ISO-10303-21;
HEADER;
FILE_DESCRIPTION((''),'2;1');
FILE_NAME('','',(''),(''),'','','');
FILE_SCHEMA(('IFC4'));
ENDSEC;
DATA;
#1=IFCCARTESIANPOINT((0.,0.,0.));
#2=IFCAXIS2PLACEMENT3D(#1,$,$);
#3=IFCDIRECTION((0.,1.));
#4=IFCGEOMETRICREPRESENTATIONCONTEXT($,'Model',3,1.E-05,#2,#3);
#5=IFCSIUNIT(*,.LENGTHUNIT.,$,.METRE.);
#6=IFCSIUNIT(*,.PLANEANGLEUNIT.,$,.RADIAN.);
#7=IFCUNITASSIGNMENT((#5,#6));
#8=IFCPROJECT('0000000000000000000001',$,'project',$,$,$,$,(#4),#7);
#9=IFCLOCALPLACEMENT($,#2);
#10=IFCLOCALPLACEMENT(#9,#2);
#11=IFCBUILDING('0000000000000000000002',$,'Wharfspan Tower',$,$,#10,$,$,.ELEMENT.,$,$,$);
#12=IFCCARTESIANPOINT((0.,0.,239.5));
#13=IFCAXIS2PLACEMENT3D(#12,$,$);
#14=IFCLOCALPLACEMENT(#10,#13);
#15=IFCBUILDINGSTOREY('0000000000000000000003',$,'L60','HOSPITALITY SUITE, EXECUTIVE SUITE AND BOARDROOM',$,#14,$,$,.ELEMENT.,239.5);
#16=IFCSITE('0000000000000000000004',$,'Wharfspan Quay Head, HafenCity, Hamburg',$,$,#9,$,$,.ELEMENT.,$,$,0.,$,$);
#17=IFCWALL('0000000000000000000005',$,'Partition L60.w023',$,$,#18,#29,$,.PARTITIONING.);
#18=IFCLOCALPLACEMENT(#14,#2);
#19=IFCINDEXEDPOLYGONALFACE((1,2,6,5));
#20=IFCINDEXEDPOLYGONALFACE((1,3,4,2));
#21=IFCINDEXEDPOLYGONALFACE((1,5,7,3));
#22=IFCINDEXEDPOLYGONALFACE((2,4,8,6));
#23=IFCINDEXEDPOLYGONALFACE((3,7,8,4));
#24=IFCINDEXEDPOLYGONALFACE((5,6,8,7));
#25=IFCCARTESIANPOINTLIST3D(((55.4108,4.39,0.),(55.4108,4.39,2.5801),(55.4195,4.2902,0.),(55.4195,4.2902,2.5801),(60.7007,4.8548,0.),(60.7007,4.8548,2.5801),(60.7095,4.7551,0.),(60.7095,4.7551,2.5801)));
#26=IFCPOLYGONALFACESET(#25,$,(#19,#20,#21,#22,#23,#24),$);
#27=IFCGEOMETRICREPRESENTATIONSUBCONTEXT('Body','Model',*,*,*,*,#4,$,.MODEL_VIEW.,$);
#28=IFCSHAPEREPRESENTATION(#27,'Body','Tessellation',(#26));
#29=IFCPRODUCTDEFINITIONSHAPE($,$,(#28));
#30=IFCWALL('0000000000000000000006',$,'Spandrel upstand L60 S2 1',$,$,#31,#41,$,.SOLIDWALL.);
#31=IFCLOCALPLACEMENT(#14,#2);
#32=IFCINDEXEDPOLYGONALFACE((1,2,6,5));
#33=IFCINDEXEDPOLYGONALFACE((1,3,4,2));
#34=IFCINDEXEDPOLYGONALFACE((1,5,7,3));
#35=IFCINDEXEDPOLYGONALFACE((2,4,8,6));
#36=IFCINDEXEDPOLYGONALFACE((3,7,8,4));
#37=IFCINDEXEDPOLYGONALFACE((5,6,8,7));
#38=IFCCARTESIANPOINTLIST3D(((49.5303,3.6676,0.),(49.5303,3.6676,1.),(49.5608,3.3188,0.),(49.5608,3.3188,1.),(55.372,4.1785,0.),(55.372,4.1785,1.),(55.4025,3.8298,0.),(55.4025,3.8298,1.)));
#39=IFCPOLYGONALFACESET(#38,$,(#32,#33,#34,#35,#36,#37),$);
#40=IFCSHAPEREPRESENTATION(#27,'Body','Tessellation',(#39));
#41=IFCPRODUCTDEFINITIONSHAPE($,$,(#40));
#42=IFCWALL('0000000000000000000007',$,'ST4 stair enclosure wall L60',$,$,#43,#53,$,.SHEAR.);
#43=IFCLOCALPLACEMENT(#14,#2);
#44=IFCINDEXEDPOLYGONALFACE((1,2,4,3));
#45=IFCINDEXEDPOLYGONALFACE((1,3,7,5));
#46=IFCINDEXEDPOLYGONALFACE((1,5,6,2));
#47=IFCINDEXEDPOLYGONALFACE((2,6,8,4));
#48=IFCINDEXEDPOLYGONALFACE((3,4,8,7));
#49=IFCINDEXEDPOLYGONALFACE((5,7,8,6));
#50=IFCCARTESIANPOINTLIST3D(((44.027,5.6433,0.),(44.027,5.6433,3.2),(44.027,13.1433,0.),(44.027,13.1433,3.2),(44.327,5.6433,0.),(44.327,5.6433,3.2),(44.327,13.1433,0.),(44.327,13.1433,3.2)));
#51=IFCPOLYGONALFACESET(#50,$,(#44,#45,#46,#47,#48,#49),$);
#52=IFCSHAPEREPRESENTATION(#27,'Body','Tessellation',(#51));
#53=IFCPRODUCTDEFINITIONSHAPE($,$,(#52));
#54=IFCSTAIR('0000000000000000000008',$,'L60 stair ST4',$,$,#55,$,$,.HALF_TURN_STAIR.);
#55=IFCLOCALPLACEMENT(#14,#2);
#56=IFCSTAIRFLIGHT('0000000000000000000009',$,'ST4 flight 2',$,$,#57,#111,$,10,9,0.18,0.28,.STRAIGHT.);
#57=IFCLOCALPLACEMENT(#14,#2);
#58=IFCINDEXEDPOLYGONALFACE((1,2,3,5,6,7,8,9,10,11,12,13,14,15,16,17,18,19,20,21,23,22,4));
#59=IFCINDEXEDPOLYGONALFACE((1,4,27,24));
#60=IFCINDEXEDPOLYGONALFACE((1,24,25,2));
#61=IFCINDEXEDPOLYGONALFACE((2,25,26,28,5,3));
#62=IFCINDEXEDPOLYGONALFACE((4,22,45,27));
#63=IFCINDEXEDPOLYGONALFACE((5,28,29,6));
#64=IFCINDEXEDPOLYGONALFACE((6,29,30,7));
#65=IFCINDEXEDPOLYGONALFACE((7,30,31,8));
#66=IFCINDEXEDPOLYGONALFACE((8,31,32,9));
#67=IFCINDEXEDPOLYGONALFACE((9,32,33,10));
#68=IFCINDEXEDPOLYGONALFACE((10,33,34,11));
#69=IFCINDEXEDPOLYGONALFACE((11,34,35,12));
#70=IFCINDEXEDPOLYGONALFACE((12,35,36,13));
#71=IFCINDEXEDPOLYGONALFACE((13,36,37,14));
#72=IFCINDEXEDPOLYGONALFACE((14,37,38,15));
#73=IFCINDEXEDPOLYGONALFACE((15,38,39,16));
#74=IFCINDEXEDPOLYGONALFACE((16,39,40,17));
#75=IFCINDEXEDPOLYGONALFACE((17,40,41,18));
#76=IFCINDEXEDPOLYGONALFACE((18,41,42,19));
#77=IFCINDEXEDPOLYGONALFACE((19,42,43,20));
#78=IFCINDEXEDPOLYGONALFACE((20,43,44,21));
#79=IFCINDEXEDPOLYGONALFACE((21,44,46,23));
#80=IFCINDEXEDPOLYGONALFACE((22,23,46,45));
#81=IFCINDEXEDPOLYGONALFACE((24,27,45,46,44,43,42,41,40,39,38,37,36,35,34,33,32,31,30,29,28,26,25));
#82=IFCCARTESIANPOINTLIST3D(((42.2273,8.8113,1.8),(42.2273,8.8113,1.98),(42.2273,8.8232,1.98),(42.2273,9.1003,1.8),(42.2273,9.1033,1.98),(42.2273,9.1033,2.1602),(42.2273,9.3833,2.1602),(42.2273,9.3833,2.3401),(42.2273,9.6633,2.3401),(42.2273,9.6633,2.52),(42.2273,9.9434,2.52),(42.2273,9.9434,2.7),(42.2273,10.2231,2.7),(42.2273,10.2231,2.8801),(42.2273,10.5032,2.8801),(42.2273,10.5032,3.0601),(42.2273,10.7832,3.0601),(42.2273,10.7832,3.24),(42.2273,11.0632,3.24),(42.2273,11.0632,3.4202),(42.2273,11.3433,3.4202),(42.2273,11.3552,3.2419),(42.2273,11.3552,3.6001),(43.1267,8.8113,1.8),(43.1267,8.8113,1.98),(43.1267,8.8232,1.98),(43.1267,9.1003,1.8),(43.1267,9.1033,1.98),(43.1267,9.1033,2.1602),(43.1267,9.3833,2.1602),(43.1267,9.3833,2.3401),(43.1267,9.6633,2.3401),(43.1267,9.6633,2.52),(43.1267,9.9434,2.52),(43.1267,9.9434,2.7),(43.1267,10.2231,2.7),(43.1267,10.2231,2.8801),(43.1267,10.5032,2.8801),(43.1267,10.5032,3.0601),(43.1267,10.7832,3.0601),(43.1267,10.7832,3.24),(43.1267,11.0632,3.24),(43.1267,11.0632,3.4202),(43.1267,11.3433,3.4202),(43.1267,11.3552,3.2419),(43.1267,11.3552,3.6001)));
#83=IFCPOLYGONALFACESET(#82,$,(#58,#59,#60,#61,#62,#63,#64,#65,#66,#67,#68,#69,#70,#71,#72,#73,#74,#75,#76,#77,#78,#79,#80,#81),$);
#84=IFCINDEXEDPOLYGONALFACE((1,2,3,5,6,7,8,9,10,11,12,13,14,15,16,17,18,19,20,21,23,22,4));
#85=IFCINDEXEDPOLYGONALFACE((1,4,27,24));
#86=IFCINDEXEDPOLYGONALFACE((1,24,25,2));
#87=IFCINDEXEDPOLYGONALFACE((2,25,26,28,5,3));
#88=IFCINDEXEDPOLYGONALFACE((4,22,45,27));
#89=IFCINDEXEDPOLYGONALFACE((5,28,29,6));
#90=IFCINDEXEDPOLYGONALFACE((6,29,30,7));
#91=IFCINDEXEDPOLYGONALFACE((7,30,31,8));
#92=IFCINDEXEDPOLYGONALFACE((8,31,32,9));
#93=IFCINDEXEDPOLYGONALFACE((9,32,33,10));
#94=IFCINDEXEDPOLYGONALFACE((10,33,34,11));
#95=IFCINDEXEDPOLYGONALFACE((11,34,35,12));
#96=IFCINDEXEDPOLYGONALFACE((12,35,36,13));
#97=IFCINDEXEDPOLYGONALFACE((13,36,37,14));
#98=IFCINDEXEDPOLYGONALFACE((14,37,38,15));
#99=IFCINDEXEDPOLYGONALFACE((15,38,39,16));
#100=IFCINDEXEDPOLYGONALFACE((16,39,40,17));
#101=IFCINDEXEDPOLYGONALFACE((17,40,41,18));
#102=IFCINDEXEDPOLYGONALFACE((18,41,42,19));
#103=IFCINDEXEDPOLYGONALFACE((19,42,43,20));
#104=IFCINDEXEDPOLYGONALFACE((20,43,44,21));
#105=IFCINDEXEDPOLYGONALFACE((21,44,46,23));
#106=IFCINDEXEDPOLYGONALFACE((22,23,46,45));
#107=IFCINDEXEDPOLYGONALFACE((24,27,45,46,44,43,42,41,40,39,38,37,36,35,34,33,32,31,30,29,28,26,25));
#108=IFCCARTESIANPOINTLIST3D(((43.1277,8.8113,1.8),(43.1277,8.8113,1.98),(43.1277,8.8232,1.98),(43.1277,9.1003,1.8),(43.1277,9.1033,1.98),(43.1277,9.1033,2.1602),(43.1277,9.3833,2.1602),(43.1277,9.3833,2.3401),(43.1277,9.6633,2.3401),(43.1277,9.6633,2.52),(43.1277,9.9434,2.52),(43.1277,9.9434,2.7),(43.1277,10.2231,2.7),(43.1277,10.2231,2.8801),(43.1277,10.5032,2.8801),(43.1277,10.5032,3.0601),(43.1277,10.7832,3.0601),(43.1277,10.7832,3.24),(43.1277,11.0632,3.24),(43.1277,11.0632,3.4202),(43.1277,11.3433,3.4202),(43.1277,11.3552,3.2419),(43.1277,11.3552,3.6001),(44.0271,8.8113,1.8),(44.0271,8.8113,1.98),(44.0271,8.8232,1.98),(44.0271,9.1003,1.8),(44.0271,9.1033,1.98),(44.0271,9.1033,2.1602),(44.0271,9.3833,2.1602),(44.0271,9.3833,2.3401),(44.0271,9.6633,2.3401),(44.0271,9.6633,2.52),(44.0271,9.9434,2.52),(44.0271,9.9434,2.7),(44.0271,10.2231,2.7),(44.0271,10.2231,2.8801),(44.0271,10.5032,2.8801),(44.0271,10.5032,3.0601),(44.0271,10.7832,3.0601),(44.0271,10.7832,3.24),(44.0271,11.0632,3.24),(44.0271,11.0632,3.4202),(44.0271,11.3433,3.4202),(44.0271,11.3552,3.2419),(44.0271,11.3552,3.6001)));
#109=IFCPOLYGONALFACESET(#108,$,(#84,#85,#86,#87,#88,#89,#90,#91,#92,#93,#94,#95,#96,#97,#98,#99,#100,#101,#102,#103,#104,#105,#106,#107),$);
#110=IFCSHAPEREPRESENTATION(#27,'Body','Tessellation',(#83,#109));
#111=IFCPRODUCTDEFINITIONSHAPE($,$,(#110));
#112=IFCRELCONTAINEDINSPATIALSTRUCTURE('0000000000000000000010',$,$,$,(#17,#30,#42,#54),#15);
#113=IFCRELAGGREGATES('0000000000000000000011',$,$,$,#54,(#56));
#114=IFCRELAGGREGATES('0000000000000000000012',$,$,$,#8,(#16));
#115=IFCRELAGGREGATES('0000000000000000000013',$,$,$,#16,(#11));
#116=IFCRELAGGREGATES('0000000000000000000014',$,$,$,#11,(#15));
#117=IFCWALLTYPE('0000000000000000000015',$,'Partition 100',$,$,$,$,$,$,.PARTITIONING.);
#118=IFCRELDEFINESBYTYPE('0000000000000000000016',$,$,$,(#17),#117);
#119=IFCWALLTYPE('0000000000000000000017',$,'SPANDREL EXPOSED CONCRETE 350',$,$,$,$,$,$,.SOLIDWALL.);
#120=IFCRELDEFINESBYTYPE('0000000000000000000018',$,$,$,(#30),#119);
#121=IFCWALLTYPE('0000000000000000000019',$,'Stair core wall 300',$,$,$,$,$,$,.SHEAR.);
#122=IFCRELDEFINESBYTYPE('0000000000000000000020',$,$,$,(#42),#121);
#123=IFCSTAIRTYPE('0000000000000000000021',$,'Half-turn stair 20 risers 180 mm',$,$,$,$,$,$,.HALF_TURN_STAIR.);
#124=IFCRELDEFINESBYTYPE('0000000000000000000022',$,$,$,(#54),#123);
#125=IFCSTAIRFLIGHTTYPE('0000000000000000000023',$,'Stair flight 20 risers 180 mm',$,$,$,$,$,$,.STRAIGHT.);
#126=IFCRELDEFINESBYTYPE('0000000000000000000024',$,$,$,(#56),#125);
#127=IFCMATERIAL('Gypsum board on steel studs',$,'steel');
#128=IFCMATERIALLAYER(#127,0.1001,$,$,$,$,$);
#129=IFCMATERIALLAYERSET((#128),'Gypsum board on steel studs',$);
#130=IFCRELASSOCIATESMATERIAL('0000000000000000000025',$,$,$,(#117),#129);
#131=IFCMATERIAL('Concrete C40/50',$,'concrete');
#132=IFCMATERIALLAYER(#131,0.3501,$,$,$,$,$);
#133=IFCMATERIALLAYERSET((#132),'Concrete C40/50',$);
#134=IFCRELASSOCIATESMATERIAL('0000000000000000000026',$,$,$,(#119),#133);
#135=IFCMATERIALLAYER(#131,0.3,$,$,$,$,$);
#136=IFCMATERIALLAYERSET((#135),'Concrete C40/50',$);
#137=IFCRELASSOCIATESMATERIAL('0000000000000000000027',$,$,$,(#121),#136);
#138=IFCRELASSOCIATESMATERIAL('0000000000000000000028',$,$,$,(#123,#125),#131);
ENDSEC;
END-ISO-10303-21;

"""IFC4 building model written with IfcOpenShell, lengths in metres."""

from ifc_helpers import new_model, si_unit, direction, frame, frame_2d, origin, place, context, subcontext, project, spatial, polyline, rectangle, outline, extrude, material, layer, layer_set, type_object, element, aggregate, save


model = new_model("IFC4")

# Units and contexts
model_context = context("Model", 3, precision=1e-05, world=origin(), true_north=direction((0.0, 1.0)))
body_context = subcontext(model_context, "Body", "Model", "MODEL_VIEW")
ifc_project = project(units=[si_unit("LENGTHUNIT", "METRE"), si_unit("PLANEANGLEUNIT", "RADIAN")], contexts=[model_context])

# Site, building, storey
site_placement = place(None, origin())
site = spatial("IfcSite", under=ifc_project, at=site_placement, Name="Wharfspan Quay Head, HafenCity, Hamburg", CompositionType="ELEMENT", RefElevation=0.0)
building_placement = place(site_placement, origin())
building = spatial("IfcBuilding", under=site, at=building_placement, Name="Wharfspan Tower", CompositionType="ELEMENT")
storey_placement = place(building_placement, frame((0.0, 0.0, 239.5)))
storey = spatial("IfcBuildingStorey", under=building, at=storey_placement, Name="L60", Description="HOSPITALITY SUITE, EXECUTIVE SUITE AND BOARDROOM", CompositionType="ELEMENT", Elevation=239.5)

# Shared definitions
ifc_material_1 = material(Name="Gypsum board on steel studs", Category="steel")
ifc_layer_1 = layer(ifc_material_1, 0.1001)
ifc_layer_set_1 = layer_set([ifc_layer_1], Name="Gypsum board on steel studs")
wall_type_1 = type_object("IfcWallType", Name="Partition 100", PredefinedType="PARTITIONING", material=ifc_layer_set_1)

# Walls
wall_1_placement = place(storey_placement, frame((55.415, 4.3401, 0.0), z_axis=(0.0, 0.0, 1.0), x_axis=(0.996159, 0.087534, 0.0)))
element("IfcWall", 1, at=wall_1_placement, inside=storey, type_object=wall_type_1, Name="Partition L60.w023", PredefinedType="PARTITIONING", context=body_context, shape_type="SweptSolid", body=[
    extrude(rectangle(XDim=5.3103, YDim=0.1001, at=frame_2d((2.6553, 0.0))), origin(), (0.0, 0.0, 1.0), 2.5801),
])
ifc_material_2 = material(Name="Concrete C40/50", Category="concrete")
ifc_layer_2 = layer(ifc_material_2, 0.3501)
ifc_layer_set_2 = layer_set([ifc_layer_2], Name="Concrete C40/50")
wall_type_2 = type_object("IfcWallType", Name="SPANDREL EXPOSED CONCRETE 350", PredefinedType="SOLIDWALL", material=ifc_layer_set_2)
wall_2_placement = place(storey_placement, frame((49.5454, 3.4932, 0.0), z_axis=(0.0, 0.0, 1.0), x_axis=(0.996196, 0.087138, 0.0)))
element("IfcWall", 2, at=wall_2_placement, inside=storey, type_object=wall_type_2, Name="Spandrel upstand L60 S2 1", PredefinedType="SOLIDWALL", context=body_context, shape_type="SweptSolid", body=[
    extrude(rectangle(XDim=5.864, YDim=0.3501, at=frame_2d((2.9321, 0.0))), origin(), (0.0, 0.0, 1.0), 1.0),
])
ifc_layer_3 = layer(ifc_material_2, 0.3)
ifc_layer_set_3 = layer_set([ifc_layer_3], Name="Concrete C40/50")
wall_type_3 = type_object("IfcWallType", Name="Stair core wall 300", PredefinedType="SHEAR", material=ifc_layer_set_3)
wall_3_placement = place(storey_placement, frame((44.177, 5.6433, 0.0), z_axis=(0.0, 0.0, 1.0), x_axis=(0.0, 1.0, 0.0)))
element("IfcWall", 3, at=wall_3_placement, inside=storey, type_object=wall_type_3, Name="ST4 stair enclosure wall L60", PredefinedType="SHEAR", context=body_context, shape_type="SweptSolid", body=[
    extrude(rectangle(XDim=7.5, YDim=0.3, at=frame_2d((3.75, 0.0))), origin(), (0.0, 0.0, 1.0), 3.2),
])

# Stair, stair flight
stair_type = type_object("IfcStairType", Name="Half-turn stair 20 risers 180 mm", PredefinedType="HALF_TURN_STAIR", material=ifc_material_2)
stair_placement = place(storey_placement, origin())
stair = element("IfcStair", 4, at=stair_placement, inside=storey, type_object=stair_type, Name="L60 stair ST4", PredefinedType="HALF_TURN_STAIR")
stair_flight_type = type_object("IfcStairFlightType", Name="Stair flight 20 risers 180 mm", PredefinedType="STRAIGHT", material=ifc_material_2)
stair_flight_placement = place(storey_placement, frame((43.1272, 8.8232, 1.8), z_axis=(0.0, 0.0, 1.0), x_axis=(0.0, 1.0, 0.0)))
stair_flight = element("IfcStairFlight", 5, at=stair_flight_placement, type_object=stair_flight_type, Name="ST4 flight 2", NumberOfRisers=10, NumberOfTreads=9, PredefinedType="STRAIGHT", RiserHeight=0.18, TreadLength=0.28, context=body_context, shape_type="SweptSolid", body=[
    extrude(outline(polyline([(-0.012, 0.0), (-0.012, 0.1799), (0.0, 0.1799), (0.28, 0.1799), (0.28, 0.3601), (0.5601, 0.3601), (0.5601, 0.54), (0.8401, 0.54), (0.8401, 0.72), (1.1201, 0.72), (1.1201, 0.8999), (1.3999, 0.8999), (1.3999, 1.0801), (1.6799, 1.0801), (1.6799, 1.26), (1.96, 1.26), (1.96, 1.4399), (2.24, 1.4399), (2.24, 1.6201), (2.52, 1.6201), (2.532, 1.8), (2.532, 1.4419), (0.2771, 0.0), (-0.012, 0.0)])), frame((0.0, 0.8999, 0.0), z_axis=(0.0, -1.0, 0.0), x_axis=(1.0, 0.0, 0.0)), (0.0, 0.0, 1.0), 0.8994),
    extrude(outline(polyline([(-0.012, 0.0), (-0.012, 0.1799), (0.0, 0.1799), (0.28, 0.1799), (0.28, 0.3601), (0.5601, 0.3601), (0.5601, 0.54), (0.8401, 0.54), (0.8401, 0.72), (1.1201, 0.72), (1.1201, 0.8999), (1.3999, 0.8999), (1.3999, 1.0801), (1.6799, 1.0801), (1.6799, 1.26), (1.96, 1.26), (1.96, 1.4399), (2.24, 1.4399), (2.24, 1.6201), (2.52, 1.6201), (2.532, 1.8), (2.532, 1.4419), (0.2771, 0.0), (-0.012, 0.0)])), frame((0.0, -0.0005, 0.0), z_axis=(0.0, -1.0, 0.0), x_axis=(1.0, 0.0, 0.0)), (0.0, 0.0, 1.0), 0.8994),
])
aggregate(stair, [stair_flight])

save(model, "model.ifc")
